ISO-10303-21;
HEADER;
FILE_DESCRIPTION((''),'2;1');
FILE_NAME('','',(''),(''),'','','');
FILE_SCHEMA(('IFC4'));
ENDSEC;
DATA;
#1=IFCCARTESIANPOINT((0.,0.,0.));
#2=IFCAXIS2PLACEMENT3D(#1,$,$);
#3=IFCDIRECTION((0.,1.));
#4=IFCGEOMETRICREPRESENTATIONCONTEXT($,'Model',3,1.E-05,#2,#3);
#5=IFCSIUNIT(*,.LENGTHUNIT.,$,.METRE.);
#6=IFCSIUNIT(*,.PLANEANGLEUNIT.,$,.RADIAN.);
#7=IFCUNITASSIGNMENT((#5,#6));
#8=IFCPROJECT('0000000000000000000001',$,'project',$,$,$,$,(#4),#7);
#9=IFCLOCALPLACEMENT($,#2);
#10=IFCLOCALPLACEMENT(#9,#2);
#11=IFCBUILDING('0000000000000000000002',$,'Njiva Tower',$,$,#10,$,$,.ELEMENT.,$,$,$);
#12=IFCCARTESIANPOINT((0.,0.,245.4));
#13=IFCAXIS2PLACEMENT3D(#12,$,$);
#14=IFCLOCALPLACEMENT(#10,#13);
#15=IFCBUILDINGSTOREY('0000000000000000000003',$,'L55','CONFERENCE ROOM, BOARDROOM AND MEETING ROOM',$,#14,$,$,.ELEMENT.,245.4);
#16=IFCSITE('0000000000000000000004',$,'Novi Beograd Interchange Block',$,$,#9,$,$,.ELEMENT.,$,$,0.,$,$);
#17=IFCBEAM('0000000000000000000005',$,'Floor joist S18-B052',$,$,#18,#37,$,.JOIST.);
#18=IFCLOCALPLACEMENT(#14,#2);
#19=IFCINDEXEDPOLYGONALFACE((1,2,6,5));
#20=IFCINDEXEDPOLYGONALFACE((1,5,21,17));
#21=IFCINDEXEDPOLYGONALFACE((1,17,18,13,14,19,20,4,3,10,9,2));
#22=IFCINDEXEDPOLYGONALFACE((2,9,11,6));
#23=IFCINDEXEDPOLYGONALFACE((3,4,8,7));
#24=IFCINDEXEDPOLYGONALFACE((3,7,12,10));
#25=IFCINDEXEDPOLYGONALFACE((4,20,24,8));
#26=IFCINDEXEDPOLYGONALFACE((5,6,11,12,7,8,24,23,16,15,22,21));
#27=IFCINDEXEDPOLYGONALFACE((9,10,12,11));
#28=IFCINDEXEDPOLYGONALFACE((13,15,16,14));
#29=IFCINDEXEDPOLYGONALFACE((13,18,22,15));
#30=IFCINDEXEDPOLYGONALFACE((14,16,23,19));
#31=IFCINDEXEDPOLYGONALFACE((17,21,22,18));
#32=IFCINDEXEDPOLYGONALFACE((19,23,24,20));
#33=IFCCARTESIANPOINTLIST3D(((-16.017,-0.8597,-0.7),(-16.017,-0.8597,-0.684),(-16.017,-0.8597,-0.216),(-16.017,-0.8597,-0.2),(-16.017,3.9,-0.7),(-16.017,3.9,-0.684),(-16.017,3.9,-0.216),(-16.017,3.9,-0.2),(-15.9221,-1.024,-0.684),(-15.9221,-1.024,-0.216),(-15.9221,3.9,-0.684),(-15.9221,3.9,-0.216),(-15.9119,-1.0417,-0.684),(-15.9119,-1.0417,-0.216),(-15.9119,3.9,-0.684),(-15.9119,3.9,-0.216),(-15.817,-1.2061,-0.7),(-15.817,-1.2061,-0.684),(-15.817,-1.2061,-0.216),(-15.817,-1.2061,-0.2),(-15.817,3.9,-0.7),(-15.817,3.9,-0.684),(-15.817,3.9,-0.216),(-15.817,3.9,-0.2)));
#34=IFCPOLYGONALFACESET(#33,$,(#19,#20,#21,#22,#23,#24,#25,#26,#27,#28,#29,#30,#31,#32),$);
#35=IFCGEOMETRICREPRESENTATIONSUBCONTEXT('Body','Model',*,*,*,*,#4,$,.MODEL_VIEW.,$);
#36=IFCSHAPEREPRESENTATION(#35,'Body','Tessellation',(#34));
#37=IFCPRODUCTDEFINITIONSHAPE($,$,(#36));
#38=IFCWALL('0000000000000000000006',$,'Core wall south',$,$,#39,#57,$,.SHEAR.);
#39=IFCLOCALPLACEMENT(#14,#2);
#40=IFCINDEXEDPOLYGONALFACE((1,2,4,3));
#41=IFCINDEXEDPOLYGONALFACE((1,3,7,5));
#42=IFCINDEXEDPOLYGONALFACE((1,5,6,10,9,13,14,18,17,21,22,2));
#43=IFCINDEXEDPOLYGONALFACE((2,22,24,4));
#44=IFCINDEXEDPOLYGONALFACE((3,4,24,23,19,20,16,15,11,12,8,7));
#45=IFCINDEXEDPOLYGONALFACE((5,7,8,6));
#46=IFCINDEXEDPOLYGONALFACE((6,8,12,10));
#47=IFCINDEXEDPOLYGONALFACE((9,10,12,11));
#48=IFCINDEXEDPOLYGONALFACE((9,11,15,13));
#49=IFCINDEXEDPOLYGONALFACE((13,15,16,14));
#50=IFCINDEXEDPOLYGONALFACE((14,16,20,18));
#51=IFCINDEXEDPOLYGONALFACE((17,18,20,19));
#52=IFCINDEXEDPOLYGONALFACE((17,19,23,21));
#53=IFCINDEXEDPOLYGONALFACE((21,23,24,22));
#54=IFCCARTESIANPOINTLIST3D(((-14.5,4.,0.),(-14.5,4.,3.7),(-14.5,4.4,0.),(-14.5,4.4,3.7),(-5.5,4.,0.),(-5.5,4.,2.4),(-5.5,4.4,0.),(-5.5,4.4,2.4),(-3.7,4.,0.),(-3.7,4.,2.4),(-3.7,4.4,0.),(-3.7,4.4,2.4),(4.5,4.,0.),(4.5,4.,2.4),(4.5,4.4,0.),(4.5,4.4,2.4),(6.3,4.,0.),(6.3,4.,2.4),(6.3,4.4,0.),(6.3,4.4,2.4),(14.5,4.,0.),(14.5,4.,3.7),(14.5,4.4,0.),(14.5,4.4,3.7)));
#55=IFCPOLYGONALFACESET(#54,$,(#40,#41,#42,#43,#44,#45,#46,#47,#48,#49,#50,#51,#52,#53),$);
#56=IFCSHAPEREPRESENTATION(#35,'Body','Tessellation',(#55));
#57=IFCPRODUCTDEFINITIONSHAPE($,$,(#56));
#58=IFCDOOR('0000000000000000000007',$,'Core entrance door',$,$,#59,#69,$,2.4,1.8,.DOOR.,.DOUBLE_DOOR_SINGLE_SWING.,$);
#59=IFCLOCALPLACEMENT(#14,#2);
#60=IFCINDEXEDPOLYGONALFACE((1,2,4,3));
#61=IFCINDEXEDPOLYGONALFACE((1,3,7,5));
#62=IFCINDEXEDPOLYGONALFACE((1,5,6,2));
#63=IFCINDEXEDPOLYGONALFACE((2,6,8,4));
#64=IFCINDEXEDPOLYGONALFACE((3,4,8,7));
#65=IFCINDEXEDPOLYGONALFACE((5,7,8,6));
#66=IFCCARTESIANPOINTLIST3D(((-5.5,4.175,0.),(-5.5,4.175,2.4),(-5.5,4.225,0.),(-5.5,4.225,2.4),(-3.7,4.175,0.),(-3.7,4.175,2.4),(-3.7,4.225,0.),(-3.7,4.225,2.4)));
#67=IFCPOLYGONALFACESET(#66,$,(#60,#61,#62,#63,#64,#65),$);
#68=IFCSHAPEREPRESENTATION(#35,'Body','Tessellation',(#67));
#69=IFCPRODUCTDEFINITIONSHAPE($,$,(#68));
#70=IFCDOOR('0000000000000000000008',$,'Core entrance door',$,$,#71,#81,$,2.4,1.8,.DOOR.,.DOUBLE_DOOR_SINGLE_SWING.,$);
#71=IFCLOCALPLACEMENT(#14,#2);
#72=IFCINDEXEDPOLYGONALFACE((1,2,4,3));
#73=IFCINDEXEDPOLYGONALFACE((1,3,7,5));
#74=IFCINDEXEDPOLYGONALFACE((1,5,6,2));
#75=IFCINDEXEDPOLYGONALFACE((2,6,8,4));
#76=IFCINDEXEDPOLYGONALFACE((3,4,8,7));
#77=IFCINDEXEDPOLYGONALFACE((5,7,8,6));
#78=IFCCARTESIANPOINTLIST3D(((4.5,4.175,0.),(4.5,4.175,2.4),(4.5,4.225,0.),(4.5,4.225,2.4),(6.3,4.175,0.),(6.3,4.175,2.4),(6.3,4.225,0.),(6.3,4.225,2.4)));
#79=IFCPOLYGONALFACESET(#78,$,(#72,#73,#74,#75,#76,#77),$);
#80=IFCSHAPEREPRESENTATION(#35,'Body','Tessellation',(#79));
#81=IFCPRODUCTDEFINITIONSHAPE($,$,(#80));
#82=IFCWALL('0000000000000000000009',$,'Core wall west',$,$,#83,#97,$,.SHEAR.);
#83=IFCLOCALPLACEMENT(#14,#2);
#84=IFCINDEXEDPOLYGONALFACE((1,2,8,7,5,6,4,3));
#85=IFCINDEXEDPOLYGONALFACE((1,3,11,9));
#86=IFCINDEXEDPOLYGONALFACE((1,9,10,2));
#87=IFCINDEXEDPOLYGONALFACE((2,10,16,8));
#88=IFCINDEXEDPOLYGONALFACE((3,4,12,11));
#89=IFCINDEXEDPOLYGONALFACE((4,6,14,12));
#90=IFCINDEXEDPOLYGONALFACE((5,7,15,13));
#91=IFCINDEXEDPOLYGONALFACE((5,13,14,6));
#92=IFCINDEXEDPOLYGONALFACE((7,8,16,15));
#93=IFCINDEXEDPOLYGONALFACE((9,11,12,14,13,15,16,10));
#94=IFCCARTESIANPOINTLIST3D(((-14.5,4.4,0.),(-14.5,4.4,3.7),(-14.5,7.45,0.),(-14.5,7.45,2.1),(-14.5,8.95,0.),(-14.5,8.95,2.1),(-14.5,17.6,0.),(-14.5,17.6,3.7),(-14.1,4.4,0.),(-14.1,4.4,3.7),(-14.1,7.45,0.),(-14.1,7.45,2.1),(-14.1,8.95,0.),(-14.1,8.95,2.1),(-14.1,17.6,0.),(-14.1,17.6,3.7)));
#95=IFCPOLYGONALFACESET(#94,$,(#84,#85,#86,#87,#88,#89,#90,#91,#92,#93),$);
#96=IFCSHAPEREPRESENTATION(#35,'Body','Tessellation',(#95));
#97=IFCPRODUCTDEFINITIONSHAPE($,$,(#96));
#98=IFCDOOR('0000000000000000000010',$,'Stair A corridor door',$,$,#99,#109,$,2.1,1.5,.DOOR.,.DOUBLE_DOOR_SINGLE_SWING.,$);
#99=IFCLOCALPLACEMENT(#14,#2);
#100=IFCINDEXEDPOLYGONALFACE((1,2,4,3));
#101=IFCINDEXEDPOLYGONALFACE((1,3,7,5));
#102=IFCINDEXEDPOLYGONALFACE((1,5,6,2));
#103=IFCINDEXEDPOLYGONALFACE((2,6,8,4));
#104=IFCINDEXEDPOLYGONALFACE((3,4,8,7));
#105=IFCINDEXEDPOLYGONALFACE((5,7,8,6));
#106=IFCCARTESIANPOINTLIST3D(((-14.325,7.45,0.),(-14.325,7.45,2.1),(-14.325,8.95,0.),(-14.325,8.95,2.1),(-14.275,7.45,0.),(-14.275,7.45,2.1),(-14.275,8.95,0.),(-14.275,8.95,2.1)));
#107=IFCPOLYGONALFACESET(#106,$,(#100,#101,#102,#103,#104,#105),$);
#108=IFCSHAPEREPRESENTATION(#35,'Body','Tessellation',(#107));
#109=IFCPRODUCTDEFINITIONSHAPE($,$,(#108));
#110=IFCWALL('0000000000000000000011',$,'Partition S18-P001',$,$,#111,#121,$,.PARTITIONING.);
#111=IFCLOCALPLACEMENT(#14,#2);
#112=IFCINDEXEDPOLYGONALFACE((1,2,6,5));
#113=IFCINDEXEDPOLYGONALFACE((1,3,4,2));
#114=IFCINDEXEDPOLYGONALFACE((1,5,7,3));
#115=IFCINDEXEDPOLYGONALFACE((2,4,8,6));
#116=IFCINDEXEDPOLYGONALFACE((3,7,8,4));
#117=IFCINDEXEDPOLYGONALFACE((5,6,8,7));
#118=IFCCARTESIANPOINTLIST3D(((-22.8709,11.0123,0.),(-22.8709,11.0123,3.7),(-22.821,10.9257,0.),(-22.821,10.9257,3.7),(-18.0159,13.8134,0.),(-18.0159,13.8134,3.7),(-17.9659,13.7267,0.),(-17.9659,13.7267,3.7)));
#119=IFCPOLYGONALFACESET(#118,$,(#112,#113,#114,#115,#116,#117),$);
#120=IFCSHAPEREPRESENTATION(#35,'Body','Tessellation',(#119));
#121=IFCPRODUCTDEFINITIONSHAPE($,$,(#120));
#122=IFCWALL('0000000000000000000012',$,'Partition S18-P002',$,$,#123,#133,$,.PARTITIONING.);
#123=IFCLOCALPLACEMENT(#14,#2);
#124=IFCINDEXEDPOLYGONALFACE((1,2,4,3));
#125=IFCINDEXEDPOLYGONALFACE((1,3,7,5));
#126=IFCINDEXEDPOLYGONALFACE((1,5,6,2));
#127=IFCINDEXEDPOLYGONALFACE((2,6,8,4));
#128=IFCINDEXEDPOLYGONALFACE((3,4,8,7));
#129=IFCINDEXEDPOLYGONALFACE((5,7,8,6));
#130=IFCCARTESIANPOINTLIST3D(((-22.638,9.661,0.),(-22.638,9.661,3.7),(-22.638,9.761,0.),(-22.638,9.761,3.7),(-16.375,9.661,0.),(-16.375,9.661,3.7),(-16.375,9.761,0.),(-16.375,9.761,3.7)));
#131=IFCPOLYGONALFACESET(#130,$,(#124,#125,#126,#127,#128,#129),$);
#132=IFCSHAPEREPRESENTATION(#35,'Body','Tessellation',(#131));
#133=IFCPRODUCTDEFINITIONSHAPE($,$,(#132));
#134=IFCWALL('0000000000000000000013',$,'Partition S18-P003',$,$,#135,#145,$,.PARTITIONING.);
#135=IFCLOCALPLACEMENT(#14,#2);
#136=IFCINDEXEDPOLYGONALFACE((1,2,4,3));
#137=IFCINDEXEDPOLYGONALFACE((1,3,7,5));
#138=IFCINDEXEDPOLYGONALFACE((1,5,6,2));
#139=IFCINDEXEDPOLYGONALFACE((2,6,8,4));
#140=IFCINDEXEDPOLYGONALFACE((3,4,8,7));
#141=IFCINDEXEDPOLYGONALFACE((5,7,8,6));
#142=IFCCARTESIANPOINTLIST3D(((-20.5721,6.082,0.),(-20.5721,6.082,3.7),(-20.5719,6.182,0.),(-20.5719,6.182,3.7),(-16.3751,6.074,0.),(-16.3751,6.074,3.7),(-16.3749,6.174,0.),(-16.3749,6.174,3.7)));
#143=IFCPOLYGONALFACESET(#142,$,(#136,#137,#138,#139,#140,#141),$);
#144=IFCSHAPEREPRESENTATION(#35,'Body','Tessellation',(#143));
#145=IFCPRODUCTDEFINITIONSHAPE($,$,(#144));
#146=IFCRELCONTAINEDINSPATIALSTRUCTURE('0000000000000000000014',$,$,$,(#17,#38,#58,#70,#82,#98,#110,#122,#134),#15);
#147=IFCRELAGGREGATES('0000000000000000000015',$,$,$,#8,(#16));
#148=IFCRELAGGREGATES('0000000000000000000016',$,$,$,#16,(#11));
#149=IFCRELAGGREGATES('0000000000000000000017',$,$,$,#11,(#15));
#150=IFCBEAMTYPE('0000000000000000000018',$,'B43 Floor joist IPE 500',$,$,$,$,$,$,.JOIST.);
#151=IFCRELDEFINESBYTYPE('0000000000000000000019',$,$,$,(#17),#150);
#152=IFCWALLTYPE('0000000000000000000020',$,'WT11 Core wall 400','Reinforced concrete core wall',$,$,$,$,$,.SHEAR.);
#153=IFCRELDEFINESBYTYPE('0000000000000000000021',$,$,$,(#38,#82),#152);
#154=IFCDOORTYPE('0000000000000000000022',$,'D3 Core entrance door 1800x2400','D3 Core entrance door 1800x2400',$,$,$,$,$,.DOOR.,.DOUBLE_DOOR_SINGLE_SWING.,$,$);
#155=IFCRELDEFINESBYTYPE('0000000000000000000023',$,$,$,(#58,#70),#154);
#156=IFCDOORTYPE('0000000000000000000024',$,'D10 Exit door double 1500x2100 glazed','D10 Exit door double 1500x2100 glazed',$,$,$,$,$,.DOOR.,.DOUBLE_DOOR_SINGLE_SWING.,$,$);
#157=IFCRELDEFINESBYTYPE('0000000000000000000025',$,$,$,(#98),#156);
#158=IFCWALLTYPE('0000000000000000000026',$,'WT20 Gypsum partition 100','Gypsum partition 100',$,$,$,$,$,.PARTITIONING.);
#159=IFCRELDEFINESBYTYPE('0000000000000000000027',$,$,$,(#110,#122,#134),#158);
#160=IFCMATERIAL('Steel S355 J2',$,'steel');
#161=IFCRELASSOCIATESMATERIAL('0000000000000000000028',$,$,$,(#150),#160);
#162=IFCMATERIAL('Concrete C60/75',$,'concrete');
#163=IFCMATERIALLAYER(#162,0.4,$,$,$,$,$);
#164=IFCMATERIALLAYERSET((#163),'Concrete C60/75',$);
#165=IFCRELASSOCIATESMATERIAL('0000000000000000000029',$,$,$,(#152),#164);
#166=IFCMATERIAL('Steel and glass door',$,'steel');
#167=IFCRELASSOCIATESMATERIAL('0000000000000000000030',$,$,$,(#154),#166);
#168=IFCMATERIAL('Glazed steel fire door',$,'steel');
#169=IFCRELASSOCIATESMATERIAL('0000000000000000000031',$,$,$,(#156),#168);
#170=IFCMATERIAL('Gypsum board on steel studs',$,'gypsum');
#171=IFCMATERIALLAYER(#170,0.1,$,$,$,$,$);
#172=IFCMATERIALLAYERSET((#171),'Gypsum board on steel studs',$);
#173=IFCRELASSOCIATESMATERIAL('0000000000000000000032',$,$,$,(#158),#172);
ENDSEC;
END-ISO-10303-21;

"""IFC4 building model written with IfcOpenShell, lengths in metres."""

from ifc_helpers import new_model, si_unit, direction, frame, frame_2d, origin, origin_2d, place, context, subcontext, project, spatial, rectangle, i_section, extrude, clip, halfspace, material, layer, layer_set, material_profile, profile_set, type_object, element, fill, save


model = new_model("IFC4")

# Units and contexts
model_context = context("Model", 3, precision=1e-05, world=origin(), true_north=direction((0.0, 1.0)))
body_context = subcontext(model_context, "Body", "Model", "MODEL_VIEW")
ifc_project = project(units=[si_unit("LENGTHUNIT", "METRE"), si_unit("PLANEANGLEUNIT", "RADIAN")], contexts=[model_context])

# Site, building, storey
site_placement = place(None, origin())
site = spatial("IfcSite", under=ifc_project, at=site_placement, Name="Novi Beograd Interchange Block", CompositionType="ELEMENT", RefElevation=0.0)
building_placement = place(site_placement, origin())
building = spatial("IfcBuilding", under=site, at=building_placement, Name="Njiva Tower", CompositionType="ELEMENT")
storey_placement = place(building_placement, frame((0.0, 0.0, 245.4)))
storey = spatial("IfcBuildingStorey", under=building, at=storey_placement, Name="L55", Description="CONFERENCE ROOM, BOARDROOM AND MEETING ROOM", CompositionType="ELEMENT", Elevation=245.4)

# Shared definitions
ifc_material_1 = material(Name="Steel S355 J2", Category="steel")

# Beam
ifc_material_profile_1 = material_profile(ifc_material_1, i_section(OverallWidth=0.2, OverallDepth=0.5, WebThickness=0.0102, FlangeThickness=0.016, at=origin_2d()), Name="IPE 500")
ifc_profile_set_1 = profile_set([ifc_material_profile_1], Name="Steel S355 J2")
beam_type_1 = type_object("IfcBeamType", Name="B43 Floor joist IPE 500", PredefinedType="JOIST", material=ifc_profile_set_1)
beam_1_placement = place(storey_placement, frame((-15.917, 3.9, -0.45), z_axis=(0.0, -1.0, 0.0), x_axis=(1.0, 0.0, 0.0)))
element("IfcBeam", 1, at=beam_1_placement, inside=storey, type_object=beam_type_1, Name="Floor joist S18-B052", PredefinedType="JOIST", context=body_context, shape_type="Clipping", body=[
    clip(extrude(i_section(OverallWidth=0.2, OverallDepth=0.5, WebThickness=0.0102, FlangeThickness=0.016, at=origin_2d()), origin(), (0.0, 0.0, 1.0), 5.126), halfspace(frame((-0.043, 0.0, 4.8584), z_axis=(-0.866027, 0.0, 0.499998), x_axis=(0.0, 1.0, 0.0)), False)),
])

# Wall, openings, doors
ifc_material_2 = material(Name="Concrete C60/75", Category="concrete")
ifc_layer_1 = layer(ifc_material_2, 0.4)
ifc_layer_set_1 = layer_set([ifc_layer_1], Name="Concrete C60/75")
wall_type_1 = type_object("IfcWallType", Name="WT11 Core wall 400", Description="Reinforced concrete core wall", PredefinedType="SHEAR", material=ifc_layer_set_1)
wall_1_placement = place(storey_placement, frame((-14.5, 4.2, 0.0), z_axis=(0.0, 0.0, 1.0), x_axis=(1.0, 0.0, 0.0)))
wall_1 = element("IfcWall", 2, at=wall_1_placement, inside=storey, type_object=wall_type_1, Name="Core wall south", PredefinedType="SHEAR", context=body_context, shape_type="SweptSolid", body=[
    extrude(rectangle(XDim=29.0, YDim=0.4, at=frame_2d((14.5, 0.0))), origin(), (0.0, 0.0, 1.0), 3.7),
])
opening_1_placement = place(wall_1_placement, frame((9.0, 0.0, 0.0)))
opening_1 = element("IfcOpeningElement", 3, at=opening_1_placement, cuts=wall_1, PredefinedType="OPENING", context=body_context, shape_type="SweptSolid", body=[
    extrude(rectangle(XDim=1.8, YDim=2.4, at=frame_2d((0.9, 1.2))), frame((0.0, 0.21, 0.0), z_axis=(0.0, -1.0, 0.0), x_axis=(1.0, 0.0, 0.0)), (0.0, 0.0, 1.0), 0.42),
])
opening_2_placement = place(wall_1_placement, frame((19.0, 0.0, 0.0)))
opening_2 = element("IfcOpeningElement", 4, at=opening_2_placement, cuts=wall_1, PredefinedType="OPENING", context=body_context, shape_type="SweptSolid", body=[
    extrude(rectangle(XDim=1.8, YDim=2.4, at=frame_2d((0.9, 1.2))), frame((0.0, 0.21, 0.0), z_axis=(0.0, -1.0, 0.0), x_axis=(1.0, 0.0, 0.0)), (0.0, 0.0, 1.0), 0.42),
])
ifc_material_3 = material(Name="Steel and glass door", Category="steel")
door_type_1 = type_object("IfcDoorType", Name="D3 Core entrance door 1800x2400", Description="D3 Core entrance door 1800x2400", OperationType="DOUBLE_DOOR_SINGLE_SWING", PredefinedType="DOOR", material=ifc_material_3)
door_1_placement = place(opening_1_placement, origin())
door_1 = element("IfcDoor", 5, at=door_1_placement, inside=storey, type_object=door_type_1, Name="Core entrance door", OperationType="DOUBLE_DOOR_SINGLE_SWING", OverallHeight=2.4, OverallWidth=1.8, PredefinedType="DOOR", context=body_context, shape_type="SweptSolid", body=[
    extrude(rectangle(XDim=1.8, YDim=2.4, at=frame_2d((0.9, 1.2))), frame((0.0, 0.025, 0.0), z_axis=(0.0, -1.0, 0.0), x_axis=(1.0, 0.0, 0.0)), (0.0, 0.0, 1.0), 0.05),
])
fill(opening_1, door_1)
door_2_placement = place(opening_2_placement, origin())
door_2 = element("IfcDoor", 6, at=door_2_placement, inside=storey, type_object=door_type_1, Name="Core entrance door", OperationType="DOUBLE_DOOR_SINGLE_SWING", OverallHeight=2.4, OverallWidth=1.8, PredefinedType="DOOR", context=body_context, shape_type="SweptSolid", body=[
    extrude(rectangle(XDim=1.8, YDim=2.4, at=frame_2d((0.9, 1.2))), frame((0.0, 0.025, 0.0), z_axis=(0.0, -1.0, 0.0), x_axis=(1.0, 0.0, 0.0)), (0.0, 0.0, 1.0), 0.05),
])
fill(opening_2, door_2)

# Wall, opening, door
wall_2_placement = place(storey_placement, frame((-14.3, 4.4, 0.0), z_axis=(0.0, 0.0, 1.0), x_axis=(0.0, 1.0, 0.0)))
wall_2 = element("IfcWall", 7, at=wall_2_placement, inside=storey, type_object=wall_type_1, Name="Core wall west", PredefinedType="SHEAR", context=body_context, shape_type="SweptSolid", body=[
    extrude(rectangle(XDim=13.2, YDim=0.4, at=frame_2d((6.6, 0.0))), origin(), (0.0, 0.0, 1.0), 3.7),
])
opening_3_placement = place(wall_2_placement, frame((3.05, 0.0, 0.0)))
opening_3 = element("IfcOpeningElement", 8, at=opening_3_placement, cuts=wall_2, PredefinedType="OPENING", context=body_context, shape_type="SweptSolid", body=[
    extrude(rectangle(XDim=1.5, YDim=2.1, at=frame_2d((0.75, 1.05))), frame((0.0, 0.21, 0.0), z_axis=(0.0, -1.0, 0.0), x_axis=(1.0, 0.0, 0.0)), (0.0, 0.0, 1.0), 0.42),
])
ifc_material_4 = material(Name="Glazed steel fire door", Category="steel")
door_type_2 = type_object("IfcDoorType", Name="D10 Exit door double 1500x2100 glazed", Description="D10 Exit door double 1500x2100 glazed", OperationType="DOUBLE_DOOR_SINGLE_SWING", PredefinedType="DOOR", material=ifc_material_4)
door_3_placement = place(opening_3_placement, origin())
door_3 = element("IfcDoor", 9, at=door_3_placement, inside=storey, type_object=door_type_2, Name="Stair A corridor door", OperationType="DOUBLE_DOOR_SINGLE_SWING", OverallHeight=2.1, OverallWidth=1.5, PredefinedType="DOOR", context=body_context, shape_type="SweptSolid", body=[
    extrude(rectangle(XDim=1.5, YDim=2.1, at=frame_2d((0.75, 1.05))), frame((0.0, 0.025, 0.0), z_axis=(0.0, -1.0, 0.0), x_axis=(1.0, 0.0, 0.0)), (0.0, 0.0, 1.0), 0.05),
])
fill(opening_3, door_3)

# Walls
ifc_material_5 = material(Name="Gypsum board on steel studs", Category="gypsum")
ifc_layer_2 = layer(ifc_material_5, 0.1)
ifc_layer_set_2 = layer_set([ifc_layer_2], Name="Gypsum board on steel studs")
wall_type_2 = type_object("IfcWallType", Name="WT20 Gypsum partition 100", Description="Gypsum partition 100", PredefinedType="PARTITIONING", material=ifc_layer_set_2)
wall_3_placement = place(storey_placement, frame((-22.846, 10.969, 0.0), z_axis=(0.0, 0.0, 1.0), x_axis=(0.866183, 0.499728, 0.0)))
element("IfcWall", 10, at=wall_3_placement, inside=storey, type_object=wall_type_2, Name="Partition S18-P001", PredefinedType="PARTITIONING", context=body_context, shape_type="SweptSolid", body=[
    extrude(rectangle(XDim=5.6051, YDim=0.1, at=frame_2d((2.8026, 0.0))), origin(), (0.0, 0.0, 1.0), 3.7),
])
wall_4_placement = place(storey_placement, frame((-22.638, 9.711, 0.0), z_axis=(0.0, 0.0, 1.0), x_axis=(1.0, 0.0, 0.0)))
element("IfcWall", 11, at=wall_4_placement, inside=storey, type_object=wall_type_2, Name="Partition S18-P002", PredefinedType="PARTITIONING", context=body_context, shape_type="SweptSolid", body=[
    extrude(rectangle(XDim=6.263, YDim=0.1, at=frame_2d((3.1315, 0.0))), origin(), (0.0, 0.0, 1.0), 3.7),
])
wall_5_placement = place(storey_placement, frame((-20.572, 6.132, 0.0), z_axis=(0.0, 0.0, 1.0), x_axis=(0.999998, -0.001906, 0.0)))
element("IfcWall", 12, at=wall_5_placement, inside=storey, type_object=wall_type_2, Name="Partition S18-P003", PredefinedType="PARTITIONING", context=body_context, shape_type="SweptSolid", body=[
    extrude(rectangle(XDim=4.197, YDim=0.1, at=frame_2d((2.0985, 0.0))), origin(), (0.0, 0.0, 1.0), 3.7),
])

save(model, "model.ifc")
